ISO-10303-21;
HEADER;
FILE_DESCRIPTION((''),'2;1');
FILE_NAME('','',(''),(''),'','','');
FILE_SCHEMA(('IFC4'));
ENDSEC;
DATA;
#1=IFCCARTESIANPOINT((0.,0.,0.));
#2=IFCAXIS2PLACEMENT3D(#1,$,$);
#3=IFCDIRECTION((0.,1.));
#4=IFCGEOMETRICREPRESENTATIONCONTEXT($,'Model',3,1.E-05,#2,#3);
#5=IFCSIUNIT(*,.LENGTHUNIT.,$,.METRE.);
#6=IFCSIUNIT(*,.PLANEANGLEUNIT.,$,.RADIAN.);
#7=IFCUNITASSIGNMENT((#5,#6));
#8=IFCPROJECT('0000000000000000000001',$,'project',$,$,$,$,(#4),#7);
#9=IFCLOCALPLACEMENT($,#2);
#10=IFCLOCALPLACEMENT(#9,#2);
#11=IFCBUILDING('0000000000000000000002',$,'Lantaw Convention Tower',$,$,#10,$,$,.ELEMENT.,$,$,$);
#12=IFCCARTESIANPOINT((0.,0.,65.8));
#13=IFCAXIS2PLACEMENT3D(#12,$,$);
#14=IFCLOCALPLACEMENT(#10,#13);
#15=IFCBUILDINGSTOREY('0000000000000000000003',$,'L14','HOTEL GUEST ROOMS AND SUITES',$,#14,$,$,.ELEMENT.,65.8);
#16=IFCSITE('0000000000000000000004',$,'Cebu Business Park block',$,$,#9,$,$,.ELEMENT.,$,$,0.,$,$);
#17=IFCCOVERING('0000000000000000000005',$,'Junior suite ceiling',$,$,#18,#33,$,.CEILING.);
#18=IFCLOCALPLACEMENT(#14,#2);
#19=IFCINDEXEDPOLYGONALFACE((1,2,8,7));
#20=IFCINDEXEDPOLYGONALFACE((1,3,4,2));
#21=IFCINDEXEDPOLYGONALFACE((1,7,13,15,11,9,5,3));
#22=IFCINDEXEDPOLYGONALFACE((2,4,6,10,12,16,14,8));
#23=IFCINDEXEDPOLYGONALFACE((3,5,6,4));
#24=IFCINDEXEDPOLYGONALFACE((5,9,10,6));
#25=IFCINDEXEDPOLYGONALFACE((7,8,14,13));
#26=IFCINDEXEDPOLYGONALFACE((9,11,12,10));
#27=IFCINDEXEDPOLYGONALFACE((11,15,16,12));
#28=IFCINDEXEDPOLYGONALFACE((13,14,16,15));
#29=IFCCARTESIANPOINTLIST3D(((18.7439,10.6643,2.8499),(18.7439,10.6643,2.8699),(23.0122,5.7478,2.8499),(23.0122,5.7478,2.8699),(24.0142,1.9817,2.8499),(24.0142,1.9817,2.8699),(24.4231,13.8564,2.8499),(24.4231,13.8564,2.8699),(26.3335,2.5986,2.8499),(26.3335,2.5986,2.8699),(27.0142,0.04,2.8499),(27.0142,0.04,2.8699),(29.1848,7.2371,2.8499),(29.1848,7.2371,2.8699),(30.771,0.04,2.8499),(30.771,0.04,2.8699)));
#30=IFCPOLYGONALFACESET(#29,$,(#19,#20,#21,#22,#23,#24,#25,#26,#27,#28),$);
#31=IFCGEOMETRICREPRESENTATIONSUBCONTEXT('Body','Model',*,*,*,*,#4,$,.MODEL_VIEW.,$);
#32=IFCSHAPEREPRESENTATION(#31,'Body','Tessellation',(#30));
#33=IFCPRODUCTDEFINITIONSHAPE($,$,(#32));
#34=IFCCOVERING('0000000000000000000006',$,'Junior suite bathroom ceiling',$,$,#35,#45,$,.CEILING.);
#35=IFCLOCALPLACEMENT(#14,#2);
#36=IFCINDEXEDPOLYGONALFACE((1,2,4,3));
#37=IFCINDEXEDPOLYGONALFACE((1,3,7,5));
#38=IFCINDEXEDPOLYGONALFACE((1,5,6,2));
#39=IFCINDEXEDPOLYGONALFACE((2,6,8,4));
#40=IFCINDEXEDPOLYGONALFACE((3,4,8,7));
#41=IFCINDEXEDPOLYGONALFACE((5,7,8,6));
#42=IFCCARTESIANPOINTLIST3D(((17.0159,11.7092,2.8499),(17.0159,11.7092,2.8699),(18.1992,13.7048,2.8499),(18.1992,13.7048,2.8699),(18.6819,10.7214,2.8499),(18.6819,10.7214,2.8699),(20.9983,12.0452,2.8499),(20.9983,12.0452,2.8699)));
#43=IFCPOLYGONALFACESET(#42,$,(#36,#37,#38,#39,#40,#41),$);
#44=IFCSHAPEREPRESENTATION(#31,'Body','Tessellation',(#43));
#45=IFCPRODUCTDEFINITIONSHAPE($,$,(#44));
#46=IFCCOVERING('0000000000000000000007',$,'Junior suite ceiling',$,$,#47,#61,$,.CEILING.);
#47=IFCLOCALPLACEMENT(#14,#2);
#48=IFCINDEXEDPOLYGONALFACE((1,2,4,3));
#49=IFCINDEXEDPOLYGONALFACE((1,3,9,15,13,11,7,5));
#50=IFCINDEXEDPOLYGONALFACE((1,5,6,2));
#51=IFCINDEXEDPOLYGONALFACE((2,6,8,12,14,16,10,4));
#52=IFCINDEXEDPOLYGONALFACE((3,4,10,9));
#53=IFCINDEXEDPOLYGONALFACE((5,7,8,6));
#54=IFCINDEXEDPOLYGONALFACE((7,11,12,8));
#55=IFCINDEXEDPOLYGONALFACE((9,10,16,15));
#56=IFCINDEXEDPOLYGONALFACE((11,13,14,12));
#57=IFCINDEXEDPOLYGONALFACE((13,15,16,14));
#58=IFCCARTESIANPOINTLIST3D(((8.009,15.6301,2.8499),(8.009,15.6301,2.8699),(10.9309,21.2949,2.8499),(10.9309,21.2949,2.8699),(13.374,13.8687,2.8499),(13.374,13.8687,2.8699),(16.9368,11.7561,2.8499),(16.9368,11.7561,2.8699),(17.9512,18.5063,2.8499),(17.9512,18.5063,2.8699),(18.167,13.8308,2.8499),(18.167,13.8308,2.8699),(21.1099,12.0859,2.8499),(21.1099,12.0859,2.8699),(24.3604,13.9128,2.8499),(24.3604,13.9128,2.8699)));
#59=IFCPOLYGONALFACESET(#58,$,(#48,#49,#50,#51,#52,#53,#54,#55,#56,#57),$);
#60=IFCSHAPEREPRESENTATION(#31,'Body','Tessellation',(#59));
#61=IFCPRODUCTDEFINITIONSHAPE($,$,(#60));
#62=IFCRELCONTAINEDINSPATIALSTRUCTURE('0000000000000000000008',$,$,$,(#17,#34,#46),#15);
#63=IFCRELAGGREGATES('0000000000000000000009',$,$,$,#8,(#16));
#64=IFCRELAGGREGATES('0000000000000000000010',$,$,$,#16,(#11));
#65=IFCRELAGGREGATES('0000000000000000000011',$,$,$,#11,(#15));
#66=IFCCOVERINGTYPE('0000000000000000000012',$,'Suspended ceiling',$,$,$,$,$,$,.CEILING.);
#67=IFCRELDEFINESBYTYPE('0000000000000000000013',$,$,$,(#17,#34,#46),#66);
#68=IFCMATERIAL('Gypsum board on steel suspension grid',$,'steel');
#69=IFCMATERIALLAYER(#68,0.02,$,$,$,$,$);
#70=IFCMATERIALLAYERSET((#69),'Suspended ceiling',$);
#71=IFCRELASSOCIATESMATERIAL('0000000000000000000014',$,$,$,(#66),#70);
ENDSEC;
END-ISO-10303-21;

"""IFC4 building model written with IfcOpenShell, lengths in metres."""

from ifc_helpers import new_model, si_unit, direction, frame, origin, place, context, subcontext, project, spatial, polyline, outline, extrude, material, layer, layer_set, type_object, element, save


model = new_model("IFC4")

# Units and contexts
model_context = context("Model", 3, precision=1e-05, world=origin(), true_north=direction((0.0, 1.0)))
body_context = subcontext(model_context, "Body", "Model", "MODEL_VIEW")
ifc_project = project(units=[si_unit("LENGTHUNIT", "METRE"), si_unit("PLANEANGLEUNIT", "RADIAN")], contexts=[model_context])

# Site, building, storey
site_placement = place(None, origin())
site = spatial("IfcSite", under=ifc_project, at=site_placement, Name="Cebu Business Park block", CompositionType="ELEMENT", RefElevation=0.0)
building_placement = place(site_placement, origin())
building = spatial("IfcBuilding", under=site, at=building_placement, Name="Lantaw Convention Tower", CompositionType="ELEMENT")
storey_placement = place(building_placement, frame((0.0, 0.0, 65.8)))
storey = spatial("IfcBuildingStorey", under=building, at=storey_placement, Name="L14", Description="HOTEL GUEST ROOMS AND SUITES", CompositionType="ELEMENT", Elevation=65.8)

# Coverings
ifc_material_1 = material(Name="Gypsum board on steel suspension grid", Category="steel")
ifc_layer_1 = layer(ifc_material_1, 0.02)
ifc_layer_set_1 = layer_set([ifc_layer_1], Name="Suspended ceiling")
covering_type = type_object("IfcCoveringType", Name="Suspended ceiling", PredefinedType="CEILING", material=ifc_layer_set_1)
covering_1_placement = place(storey_placement, frame((0.0, 0.0, 2.8499)))
element("IfcCovering", 1, at=covering_1_placement, inside=storey, type_object=covering_type, Name="Junior suite ceiling", PredefinedType="CEILING", context=body_context, shape_type="SweptSolid", body=[
    extrude(outline(polyline([(23.0122, 5.7478), (24.0142, 1.9817), (26.3335, 2.5986), (27.0142, 0.04), (30.771, 0.04), (29.1848, 7.2371), (24.4231, 13.8564), (18.7439, 10.6643), (23.0122, 5.7478)])), origin(), (0.0, 0.0, 1.0), 0.02),
])
covering_2_placement = place(storey_placement, frame((0.0, 0.0, 2.8499)))
element("IfcCovering", 2, at=covering_2_placement, inside=storey, type_object=covering_type, Name="Junior suite bathroom ceiling", PredefinedType="CEILING", context=body_context, shape_type="SweptSolid", body=[
    extrude(outline(polyline([(18.6819, 10.7214), (20.9983, 12.0452), (18.1992, 13.7048), (17.0159, 11.7092), (18.6819, 10.7214)])), origin(), (0.0, 0.0, 1.0), 0.02),
])
covering_3_placement = place(storey_placement, frame((0.0, 0.0, 2.8499)))
element("IfcCovering", 3, at=covering_3_placement, inside=storey, type_object=covering_type, Name="Junior suite ceiling", PredefinedType="CEILING", context=body_context, shape_type="SweptSolid", body=[
    extrude(outline(polyline([(8.009, 15.6301), (13.374, 13.8687), (16.9368, 11.7561), (18.167, 13.8308), (21.1099, 12.0859), (24.3604, 13.9128), (17.9512, 18.5063), (10.9309, 21.2949), (8.009, 15.6301)])), origin(), (0.0, 0.0, 1.0), 0.02),
])

save(model, "model.ifc")
